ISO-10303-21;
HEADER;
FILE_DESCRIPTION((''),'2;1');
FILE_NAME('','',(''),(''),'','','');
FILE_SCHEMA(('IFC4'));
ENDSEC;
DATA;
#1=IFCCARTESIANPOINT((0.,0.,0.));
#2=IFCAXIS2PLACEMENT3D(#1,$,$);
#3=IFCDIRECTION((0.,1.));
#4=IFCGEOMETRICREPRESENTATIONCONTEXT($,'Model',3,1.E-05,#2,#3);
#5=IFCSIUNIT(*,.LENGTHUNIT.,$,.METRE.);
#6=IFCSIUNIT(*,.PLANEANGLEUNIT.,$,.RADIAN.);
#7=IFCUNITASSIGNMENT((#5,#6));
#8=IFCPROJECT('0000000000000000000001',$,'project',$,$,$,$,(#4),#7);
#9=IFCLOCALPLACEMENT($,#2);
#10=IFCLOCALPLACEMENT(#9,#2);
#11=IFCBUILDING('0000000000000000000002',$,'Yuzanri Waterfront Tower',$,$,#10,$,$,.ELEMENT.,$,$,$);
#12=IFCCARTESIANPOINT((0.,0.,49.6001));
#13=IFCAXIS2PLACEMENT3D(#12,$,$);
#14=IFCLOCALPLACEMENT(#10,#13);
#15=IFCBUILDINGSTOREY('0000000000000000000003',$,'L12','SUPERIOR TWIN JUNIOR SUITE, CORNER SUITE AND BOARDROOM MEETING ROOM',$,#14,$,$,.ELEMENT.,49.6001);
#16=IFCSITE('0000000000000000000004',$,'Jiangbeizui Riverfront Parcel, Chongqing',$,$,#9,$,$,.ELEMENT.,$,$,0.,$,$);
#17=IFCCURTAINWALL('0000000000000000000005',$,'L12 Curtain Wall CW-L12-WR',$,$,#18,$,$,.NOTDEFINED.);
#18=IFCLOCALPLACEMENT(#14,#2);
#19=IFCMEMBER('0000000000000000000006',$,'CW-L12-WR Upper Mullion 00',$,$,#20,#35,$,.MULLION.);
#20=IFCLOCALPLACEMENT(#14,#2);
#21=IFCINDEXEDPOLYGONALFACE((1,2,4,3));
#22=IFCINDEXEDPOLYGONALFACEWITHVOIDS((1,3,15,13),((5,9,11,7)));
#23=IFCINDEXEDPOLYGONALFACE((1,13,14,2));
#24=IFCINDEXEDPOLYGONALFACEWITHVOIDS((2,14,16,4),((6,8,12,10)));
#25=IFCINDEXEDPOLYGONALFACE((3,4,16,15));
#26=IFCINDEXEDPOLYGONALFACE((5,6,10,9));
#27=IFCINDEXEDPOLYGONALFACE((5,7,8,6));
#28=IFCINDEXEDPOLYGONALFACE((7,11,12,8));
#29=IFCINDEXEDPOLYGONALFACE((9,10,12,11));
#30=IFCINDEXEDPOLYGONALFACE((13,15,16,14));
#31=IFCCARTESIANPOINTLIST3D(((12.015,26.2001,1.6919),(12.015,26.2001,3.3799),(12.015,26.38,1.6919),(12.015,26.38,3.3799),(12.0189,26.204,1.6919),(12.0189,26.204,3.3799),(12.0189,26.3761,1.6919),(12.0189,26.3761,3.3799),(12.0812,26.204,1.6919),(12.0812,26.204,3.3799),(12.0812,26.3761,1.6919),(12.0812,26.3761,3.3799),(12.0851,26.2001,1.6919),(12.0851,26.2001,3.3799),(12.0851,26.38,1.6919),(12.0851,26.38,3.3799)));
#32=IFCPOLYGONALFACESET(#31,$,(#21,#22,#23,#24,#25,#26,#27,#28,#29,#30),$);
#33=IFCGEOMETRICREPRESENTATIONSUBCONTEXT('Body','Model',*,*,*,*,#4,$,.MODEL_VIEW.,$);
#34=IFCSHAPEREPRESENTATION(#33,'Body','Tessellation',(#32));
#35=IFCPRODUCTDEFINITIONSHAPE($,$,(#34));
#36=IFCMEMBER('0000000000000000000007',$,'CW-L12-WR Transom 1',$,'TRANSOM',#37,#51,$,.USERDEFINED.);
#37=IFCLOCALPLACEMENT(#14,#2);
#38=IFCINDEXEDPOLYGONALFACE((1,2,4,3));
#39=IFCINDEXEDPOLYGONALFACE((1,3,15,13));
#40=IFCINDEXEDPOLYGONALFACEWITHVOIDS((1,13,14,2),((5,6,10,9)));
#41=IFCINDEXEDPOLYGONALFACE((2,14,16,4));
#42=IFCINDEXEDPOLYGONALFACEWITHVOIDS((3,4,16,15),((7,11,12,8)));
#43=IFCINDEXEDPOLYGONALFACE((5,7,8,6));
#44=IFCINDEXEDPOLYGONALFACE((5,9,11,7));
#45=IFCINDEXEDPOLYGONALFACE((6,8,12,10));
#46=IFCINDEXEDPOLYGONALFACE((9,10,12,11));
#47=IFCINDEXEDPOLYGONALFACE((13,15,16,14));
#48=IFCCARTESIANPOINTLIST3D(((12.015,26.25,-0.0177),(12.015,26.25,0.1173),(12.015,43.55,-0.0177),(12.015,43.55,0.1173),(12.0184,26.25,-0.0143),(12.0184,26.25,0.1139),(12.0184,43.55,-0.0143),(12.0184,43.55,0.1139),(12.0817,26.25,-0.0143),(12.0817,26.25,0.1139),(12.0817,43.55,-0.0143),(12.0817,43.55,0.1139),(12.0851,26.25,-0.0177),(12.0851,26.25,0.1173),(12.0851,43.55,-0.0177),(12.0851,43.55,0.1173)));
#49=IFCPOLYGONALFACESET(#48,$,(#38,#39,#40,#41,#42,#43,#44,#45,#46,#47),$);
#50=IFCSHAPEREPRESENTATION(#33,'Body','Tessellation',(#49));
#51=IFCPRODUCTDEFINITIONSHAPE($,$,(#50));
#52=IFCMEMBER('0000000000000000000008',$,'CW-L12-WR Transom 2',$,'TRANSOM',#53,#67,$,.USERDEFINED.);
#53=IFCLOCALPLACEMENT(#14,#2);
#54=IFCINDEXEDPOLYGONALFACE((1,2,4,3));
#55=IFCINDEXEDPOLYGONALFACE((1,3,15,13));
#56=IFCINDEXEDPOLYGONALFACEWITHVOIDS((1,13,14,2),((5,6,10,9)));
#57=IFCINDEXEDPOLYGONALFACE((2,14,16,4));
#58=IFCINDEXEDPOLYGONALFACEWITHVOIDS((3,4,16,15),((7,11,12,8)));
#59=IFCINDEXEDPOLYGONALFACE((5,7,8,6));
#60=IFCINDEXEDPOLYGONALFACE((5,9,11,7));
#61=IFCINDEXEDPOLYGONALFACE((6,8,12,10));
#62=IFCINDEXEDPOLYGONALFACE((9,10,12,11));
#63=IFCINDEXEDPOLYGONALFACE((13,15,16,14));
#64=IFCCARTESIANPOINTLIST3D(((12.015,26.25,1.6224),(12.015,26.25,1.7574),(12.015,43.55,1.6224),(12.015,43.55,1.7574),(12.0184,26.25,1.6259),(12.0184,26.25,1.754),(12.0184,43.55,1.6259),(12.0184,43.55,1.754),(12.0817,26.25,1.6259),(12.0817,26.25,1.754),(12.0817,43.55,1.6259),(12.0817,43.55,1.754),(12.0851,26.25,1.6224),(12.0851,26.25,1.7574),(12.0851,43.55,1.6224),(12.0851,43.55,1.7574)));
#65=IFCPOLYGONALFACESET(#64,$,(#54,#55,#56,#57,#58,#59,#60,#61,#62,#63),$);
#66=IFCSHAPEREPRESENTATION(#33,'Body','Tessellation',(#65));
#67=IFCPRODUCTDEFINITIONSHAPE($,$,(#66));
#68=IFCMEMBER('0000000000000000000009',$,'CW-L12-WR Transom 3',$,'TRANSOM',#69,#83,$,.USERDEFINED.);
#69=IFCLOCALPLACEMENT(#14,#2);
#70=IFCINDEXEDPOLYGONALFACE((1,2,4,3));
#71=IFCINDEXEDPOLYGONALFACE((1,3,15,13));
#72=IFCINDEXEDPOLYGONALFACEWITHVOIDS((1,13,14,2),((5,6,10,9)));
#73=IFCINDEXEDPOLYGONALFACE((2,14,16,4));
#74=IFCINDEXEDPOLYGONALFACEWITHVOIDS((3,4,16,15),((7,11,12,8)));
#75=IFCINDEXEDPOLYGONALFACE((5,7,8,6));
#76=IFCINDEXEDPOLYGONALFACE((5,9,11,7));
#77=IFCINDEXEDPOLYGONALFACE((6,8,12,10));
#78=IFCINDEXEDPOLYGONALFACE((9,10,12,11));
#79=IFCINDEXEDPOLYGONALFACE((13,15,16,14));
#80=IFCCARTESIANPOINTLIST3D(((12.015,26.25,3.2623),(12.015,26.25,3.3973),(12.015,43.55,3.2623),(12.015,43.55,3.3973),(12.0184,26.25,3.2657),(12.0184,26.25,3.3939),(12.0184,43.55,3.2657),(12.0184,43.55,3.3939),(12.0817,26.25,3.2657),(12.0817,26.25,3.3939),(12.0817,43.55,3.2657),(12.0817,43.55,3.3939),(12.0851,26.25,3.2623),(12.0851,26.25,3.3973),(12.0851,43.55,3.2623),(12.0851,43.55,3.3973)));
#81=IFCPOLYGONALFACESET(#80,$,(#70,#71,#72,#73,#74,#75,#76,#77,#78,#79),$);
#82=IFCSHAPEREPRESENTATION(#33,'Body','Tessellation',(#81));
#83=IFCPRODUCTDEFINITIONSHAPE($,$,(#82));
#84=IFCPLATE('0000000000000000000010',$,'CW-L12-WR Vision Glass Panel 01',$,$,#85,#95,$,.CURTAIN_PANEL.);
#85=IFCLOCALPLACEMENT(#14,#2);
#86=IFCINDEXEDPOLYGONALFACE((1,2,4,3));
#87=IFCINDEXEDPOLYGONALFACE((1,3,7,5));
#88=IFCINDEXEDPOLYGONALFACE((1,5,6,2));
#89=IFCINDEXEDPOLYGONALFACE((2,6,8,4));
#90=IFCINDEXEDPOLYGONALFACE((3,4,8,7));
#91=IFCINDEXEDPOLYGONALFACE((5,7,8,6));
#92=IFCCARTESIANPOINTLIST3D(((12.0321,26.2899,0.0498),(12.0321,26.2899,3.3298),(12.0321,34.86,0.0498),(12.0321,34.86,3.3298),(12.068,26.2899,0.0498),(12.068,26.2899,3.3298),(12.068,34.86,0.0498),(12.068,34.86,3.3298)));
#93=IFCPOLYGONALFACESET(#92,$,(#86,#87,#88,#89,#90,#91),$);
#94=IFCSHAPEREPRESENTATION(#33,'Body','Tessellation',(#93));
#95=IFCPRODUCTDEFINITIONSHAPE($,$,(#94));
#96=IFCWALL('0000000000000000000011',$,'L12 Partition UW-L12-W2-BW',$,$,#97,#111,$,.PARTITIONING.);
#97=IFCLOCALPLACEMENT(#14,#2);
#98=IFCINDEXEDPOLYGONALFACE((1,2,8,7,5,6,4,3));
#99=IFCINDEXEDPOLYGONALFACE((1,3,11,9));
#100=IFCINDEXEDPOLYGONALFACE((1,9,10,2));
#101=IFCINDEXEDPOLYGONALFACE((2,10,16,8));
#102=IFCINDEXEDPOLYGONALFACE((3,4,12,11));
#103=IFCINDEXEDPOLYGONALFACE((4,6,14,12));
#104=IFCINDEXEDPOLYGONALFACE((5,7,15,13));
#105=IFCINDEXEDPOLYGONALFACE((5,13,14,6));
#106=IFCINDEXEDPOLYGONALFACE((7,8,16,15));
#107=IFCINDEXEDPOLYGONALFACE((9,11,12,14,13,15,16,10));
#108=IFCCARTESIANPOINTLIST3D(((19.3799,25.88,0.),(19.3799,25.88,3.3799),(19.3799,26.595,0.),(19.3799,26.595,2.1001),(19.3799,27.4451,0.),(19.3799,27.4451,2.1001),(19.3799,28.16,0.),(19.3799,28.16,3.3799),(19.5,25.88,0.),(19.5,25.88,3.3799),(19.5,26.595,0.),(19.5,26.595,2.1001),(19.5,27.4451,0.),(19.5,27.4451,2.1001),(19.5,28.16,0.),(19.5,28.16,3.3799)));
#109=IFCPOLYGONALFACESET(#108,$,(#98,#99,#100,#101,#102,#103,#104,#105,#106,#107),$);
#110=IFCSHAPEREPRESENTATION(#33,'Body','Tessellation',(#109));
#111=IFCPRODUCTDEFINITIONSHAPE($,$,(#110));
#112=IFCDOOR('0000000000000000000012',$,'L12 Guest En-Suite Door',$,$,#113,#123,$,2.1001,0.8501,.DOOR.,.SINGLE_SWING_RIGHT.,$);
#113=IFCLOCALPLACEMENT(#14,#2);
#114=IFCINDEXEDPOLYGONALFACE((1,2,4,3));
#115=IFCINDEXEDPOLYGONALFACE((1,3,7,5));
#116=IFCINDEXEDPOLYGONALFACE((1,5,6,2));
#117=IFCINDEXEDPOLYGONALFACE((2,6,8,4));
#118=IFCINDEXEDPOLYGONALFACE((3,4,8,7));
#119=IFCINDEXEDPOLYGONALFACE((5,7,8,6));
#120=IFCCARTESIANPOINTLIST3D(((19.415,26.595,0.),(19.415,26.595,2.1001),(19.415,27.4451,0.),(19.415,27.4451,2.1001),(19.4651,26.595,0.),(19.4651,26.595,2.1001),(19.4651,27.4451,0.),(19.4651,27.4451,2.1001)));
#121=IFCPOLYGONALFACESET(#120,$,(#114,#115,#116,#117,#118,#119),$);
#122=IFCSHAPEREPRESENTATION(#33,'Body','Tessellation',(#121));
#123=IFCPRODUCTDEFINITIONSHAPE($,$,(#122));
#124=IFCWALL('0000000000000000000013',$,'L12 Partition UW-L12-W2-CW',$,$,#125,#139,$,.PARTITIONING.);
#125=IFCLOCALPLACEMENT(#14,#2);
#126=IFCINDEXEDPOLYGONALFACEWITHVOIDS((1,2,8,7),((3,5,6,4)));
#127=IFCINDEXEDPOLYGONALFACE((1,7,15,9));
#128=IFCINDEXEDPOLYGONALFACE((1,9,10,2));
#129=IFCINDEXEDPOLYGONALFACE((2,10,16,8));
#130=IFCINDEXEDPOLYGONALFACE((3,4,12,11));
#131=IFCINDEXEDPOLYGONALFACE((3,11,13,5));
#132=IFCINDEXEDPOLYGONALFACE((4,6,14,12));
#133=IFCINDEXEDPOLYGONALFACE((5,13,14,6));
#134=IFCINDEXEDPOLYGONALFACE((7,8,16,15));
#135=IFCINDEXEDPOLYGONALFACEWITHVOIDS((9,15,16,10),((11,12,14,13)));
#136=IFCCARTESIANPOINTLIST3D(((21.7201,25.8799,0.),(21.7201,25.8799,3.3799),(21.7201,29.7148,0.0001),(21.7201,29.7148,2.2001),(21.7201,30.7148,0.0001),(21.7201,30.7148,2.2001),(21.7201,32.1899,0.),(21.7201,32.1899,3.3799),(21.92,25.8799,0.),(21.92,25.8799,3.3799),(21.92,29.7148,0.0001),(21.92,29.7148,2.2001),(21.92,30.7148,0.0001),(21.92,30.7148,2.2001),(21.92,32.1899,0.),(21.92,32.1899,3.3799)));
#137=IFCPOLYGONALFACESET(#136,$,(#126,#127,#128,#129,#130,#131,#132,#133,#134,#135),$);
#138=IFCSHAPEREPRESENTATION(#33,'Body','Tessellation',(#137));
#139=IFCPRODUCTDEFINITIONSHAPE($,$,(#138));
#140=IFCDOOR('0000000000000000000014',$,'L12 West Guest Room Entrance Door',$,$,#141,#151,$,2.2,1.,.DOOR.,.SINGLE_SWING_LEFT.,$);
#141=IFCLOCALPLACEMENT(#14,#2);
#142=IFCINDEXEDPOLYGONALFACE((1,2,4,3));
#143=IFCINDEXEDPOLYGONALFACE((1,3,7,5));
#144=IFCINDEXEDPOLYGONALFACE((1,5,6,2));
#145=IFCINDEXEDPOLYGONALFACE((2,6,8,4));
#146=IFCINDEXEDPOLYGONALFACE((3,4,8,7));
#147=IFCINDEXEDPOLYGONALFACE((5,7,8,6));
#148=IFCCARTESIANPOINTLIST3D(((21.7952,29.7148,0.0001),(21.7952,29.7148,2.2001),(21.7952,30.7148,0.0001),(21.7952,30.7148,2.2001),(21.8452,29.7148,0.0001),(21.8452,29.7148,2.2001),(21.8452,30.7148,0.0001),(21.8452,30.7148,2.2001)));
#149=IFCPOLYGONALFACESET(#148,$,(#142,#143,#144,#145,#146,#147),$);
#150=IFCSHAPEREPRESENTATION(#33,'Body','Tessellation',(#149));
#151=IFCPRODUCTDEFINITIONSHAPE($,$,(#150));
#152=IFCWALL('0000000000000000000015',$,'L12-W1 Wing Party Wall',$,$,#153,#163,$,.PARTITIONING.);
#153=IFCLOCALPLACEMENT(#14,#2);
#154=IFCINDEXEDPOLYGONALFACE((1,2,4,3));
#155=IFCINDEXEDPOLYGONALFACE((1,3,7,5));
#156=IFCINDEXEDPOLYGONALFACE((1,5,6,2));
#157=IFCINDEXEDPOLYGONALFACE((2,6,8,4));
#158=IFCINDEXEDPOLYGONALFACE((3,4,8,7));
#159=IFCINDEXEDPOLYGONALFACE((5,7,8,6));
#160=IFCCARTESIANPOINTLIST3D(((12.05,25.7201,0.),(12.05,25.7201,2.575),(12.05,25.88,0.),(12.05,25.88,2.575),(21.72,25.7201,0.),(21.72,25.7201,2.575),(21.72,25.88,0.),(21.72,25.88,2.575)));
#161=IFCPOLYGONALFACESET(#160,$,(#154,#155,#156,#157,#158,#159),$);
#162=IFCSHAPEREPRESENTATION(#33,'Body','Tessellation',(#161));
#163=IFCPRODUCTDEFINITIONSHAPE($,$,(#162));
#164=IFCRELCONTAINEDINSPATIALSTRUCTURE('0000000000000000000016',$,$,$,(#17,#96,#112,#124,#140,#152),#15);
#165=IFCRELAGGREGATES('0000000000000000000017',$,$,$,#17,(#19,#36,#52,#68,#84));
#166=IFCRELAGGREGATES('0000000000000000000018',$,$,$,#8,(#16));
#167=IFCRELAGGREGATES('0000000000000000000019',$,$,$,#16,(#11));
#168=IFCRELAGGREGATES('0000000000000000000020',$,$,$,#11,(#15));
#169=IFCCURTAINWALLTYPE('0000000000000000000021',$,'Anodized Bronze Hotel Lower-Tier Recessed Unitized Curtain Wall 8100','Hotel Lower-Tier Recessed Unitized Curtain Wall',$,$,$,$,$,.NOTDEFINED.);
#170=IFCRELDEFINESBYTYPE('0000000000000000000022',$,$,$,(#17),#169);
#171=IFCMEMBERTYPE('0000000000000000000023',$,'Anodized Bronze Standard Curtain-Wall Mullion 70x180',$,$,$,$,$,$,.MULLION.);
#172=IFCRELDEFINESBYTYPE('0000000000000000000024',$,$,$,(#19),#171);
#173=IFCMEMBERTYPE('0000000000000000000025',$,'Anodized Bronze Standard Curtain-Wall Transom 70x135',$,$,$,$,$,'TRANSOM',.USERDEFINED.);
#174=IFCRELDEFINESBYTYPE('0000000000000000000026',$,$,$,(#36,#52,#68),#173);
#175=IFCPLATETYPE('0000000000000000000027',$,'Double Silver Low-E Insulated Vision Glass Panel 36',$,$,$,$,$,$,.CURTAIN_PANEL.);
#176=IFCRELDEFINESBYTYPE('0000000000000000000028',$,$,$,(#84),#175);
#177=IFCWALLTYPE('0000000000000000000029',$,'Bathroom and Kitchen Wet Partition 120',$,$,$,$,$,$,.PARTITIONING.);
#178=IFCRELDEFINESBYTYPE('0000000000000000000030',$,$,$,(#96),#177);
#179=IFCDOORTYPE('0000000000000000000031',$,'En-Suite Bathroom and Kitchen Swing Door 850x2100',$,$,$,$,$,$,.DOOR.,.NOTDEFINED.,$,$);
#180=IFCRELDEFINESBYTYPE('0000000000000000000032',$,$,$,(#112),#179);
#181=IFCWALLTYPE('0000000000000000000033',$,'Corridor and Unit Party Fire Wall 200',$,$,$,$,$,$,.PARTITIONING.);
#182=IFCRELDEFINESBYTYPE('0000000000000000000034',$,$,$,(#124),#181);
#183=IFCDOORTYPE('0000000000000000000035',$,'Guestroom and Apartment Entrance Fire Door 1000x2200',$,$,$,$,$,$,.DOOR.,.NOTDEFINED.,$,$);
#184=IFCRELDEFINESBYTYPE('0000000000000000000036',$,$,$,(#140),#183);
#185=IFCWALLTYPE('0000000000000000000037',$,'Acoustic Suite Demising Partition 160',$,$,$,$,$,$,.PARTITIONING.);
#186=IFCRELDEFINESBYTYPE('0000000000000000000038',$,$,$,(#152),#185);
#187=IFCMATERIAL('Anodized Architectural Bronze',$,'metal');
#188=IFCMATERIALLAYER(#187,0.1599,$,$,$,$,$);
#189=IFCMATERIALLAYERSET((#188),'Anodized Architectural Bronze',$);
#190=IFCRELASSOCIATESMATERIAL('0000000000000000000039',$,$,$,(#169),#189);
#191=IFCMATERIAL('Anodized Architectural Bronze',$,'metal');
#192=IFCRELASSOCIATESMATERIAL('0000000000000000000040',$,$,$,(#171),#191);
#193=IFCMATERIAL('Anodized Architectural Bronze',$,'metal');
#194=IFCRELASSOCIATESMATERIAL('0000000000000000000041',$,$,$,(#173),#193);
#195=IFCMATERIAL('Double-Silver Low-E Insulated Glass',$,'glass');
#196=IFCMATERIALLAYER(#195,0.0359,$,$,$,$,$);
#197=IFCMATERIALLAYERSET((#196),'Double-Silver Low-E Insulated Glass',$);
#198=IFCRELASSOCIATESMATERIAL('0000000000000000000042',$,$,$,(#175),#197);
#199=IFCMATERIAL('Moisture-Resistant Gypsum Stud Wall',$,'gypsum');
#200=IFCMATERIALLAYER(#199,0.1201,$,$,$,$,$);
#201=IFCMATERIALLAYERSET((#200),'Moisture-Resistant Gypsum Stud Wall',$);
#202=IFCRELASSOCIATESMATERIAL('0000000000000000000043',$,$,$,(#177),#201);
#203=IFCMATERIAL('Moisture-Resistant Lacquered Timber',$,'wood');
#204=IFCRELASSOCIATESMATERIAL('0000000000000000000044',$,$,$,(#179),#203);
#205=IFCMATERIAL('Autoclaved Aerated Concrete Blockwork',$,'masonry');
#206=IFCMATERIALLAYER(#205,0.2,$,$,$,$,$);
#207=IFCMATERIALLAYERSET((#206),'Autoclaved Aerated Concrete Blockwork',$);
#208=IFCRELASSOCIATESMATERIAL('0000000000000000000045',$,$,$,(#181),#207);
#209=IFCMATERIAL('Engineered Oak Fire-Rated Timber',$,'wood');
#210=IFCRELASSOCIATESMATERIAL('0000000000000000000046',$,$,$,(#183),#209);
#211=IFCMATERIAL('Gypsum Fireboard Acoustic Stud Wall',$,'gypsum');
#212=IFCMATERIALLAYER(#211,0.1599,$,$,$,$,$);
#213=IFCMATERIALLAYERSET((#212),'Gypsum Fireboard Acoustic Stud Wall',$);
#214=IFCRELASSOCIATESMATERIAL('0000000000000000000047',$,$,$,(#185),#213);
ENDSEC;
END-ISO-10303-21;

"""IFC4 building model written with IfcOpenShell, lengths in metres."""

from ifc_helpers import new_model, si_unit, direction, frame, frame_2d, origin, origin_2d, place, context, subcontext, project, spatial, rectangle, hollow_rectangle, extrude, source, transform, mapped, material, layer, layer_set, material_profile, profile_set, type_object, element, fill, aggregate, save


model = new_model("IFC4")

# Units and contexts
model_context = context("Model", 3, precision=1e-05, world=origin(), true_north=direction((0.0, 1.0)))
body_context = subcontext(model_context, "Body", "Model", "MODEL_VIEW")
ifc_project = project(units=[si_unit("LENGTHUNIT", "METRE"), si_unit("PLANEANGLEUNIT", "RADIAN")], contexts=[model_context])

# Site, building, storey
site_placement = place(None, origin())
site = spatial("IfcSite", under=ifc_project, at=site_placement, Name="Jiangbeizui Riverfront Parcel, Chongqing", CompositionType="ELEMENT", RefElevation=0.0)
building_placement = place(site_placement, origin())
building = spatial("IfcBuilding", under=site, at=building_placement, Name="Yuzanri Waterfront Tower", CompositionType="ELEMENT")
storey_placement = place(building_placement, frame((0.0, 0.0, 49.6001)))
storey = spatial("IfcBuildingStorey", under=building, at=storey_placement, Name="L12", Description="SUPERIOR TWIN JUNIOR SUITE, CORNER SUITE AND BOARDROOM MEETING ROOM", CompositionType="ELEMENT", Elevation=49.6001)

# Shared definitions
ifc_material_1 = material(Name="Anodized Architectural Bronze", Category="metal")
ifc_layer_1 = layer(ifc_material_1, 0.1599)
ifc_layer_set_1 = layer_set([ifc_layer_1], Name="Anodized Architectural Bronze")
curtain_wall_type = type_object("IfcCurtainWallType", Name="Anodized Bronze Hotel Lower-Tier Recessed Unitized Curtain Wall 8100", Description="Hotel Lower-Tier Recessed Unitized Curtain Wall", PredefinedType="NOTDEFINED", material=ifc_layer_set_1)
ifc_material_2 = material(Name="Anodized Architectural Bronze", Category="metal")
ifc_material_profile_1 = material_profile(ifc_material_2, hollow_rectangle(XDim=0.0701, YDim=0.1799, WallThickness=0.0039, at=origin_2d()), Name="CWM 70x180")
ifc_profile_set_1 = profile_set([ifc_material_profile_1], Name="Anodized Architectural Bronze")
member_type_1 = type_object("IfcMemberType", Name="Anodized Bronze Standard Curtain-Wall Mullion 70x180", PredefinedType="MULLION", material=ifc_profile_set_1)
shared_shape_1 = source(origin(), body_context, "Body", "SweptSolid", [
    extrude(hollow_rectangle(XDim=0.0701, YDim=0.1799, WallThickness=0.0039, at=origin_2d()), origin(), (0.0, 0.0, 1.0), 1.688),
])

# Curtain wall, members, plate
curtain_wall_1_placement = place(storey_placement, origin())
curtain_wall_1 = element("IfcCurtainWall", 1, at=curtain_wall_1_placement, inside=storey, type_object=curtain_wall_type, Name="L12 Curtain Wall CW-L12-WR", PredefinedType="NOTDEFINED")
member_1_placement = place(storey_placement, frame((12.05, 26.29, 1.6919), z_axis=(0.0, 0.0, 1.0), x_axis=(1.0, 0.0, 0.0)))
member_1 = element("IfcMember", 2, at=member_1_placement, type_object=member_type_1, Name="CW-L12-WR Upper Mullion 00", PredefinedType="MULLION", context=body_context, shape_type="MappedRepresentation", body=[
    mapped(shared_shape_1, transform((0.0, 0.0, 0.0), scale=1.0)),
])
ifc_material_3 = material(Name="Anodized Architectural Bronze", Category="metal")
ifc_material_profile_2 = material_profile(ifc_material_3, hollow_rectangle(XDim=0.0701, YDim=0.135, WallThickness=0.0034, at=origin_2d()), Name="CWT 70x135")
ifc_profile_set_2 = profile_set([ifc_material_profile_2], Name="Anodized Architectural Bronze")
member_type_2 = type_object("IfcMemberType", Name="Anodized Bronze Standard Curtain-Wall Transom 70x135", ElementType="TRANSOM", PredefinedType="USERDEFINED", material=ifc_profile_set_2)
shared_shape_2 = source(origin(), body_context, "Body", "SweptSolid", [
    extrude(hollow_rectangle(XDim=0.0701, YDim=0.135, WallThickness=0.0034, at=origin_2d()), origin(), (0.0, 0.0, 1.0), 17.3),
])
member_2_placement = place(storey_placement, frame((12.05, 26.25, 0.0498), z_axis=(0.0, 1.0, 0.0), x_axis=(-1.0, 0.0, 0.0)))
member_2 = element("IfcMember", 3, at=member_2_placement, type_object=member_type_2, Name="CW-L12-WR Transom 1", ObjectType="TRANSOM", PredefinedType="USERDEFINED", context=body_context, shape_type="MappedRepresentation", body=[
    mapped(shared_shape_2, transform((0.0, 0.0, 0.0), scale=1.0)),
])
member_3_placement = place(storey_placement, frame((12.05, 26.25, 1.6899), z_axis=(0.0, 1.0, 0.0), x_axis=(-1.0, 0.0, 0.0)))
member_3 = element("IfcMember", 4, at=member_3_placement, type_object=member_type_2, Name="CW-L12-WR Transom 2", ObjectType="TRANSOM", PredefinedType="USERDEFINED", context=body_context, shape_type="MappedRepresentation", body=[
    mapped(shared_shape_2, transform((0.0, 0.0, 0.0), scale=1.0)),
])
member_4_placement = place(storey_placement, frame((12.05, 26.25, 3.3298), z_axis=(0.0, 1.0, 0.0), x_axis=(-1.0, 0.0, 0.0)))
member_4 = element("IfcMember", 5, at=member_4_placement, type_object=member_type_2, Name="CW-L12-WR Transom 3", ObjectType="TRANSOM", PredefinedType="USERDEFINED", context=body_context, shape_type="MappedRepresentation", body=[
    mapped(shared_shape_2, transform((0.0, 0.0, 0.0), scale=1.0)),
])
ifc_material_4 = material(Name="Double-Silver Low-E Insulated Glass", Category="glass")
ifc_layer_2 = layer(ifc_material_4, 0.0359)
ifc_layer_set_2 = layer_set([ifc_layer_2], Name="Double-Silver Low-E Insulated Glass")
plate_type = type_object("IfcPlateType", Name="Double Silver Low-E Insulated Vision Glass Panel 36", PredefinedType="CURTAIN_PANEL", material=ifc_layer_set_2)
shared_shape_3 = source(origin(), body_context, "Body", "SweptSolid", [
    extrude(rectangle(XDim=8.5701, YDim=0.0359, at=origin_2d()), origin(), (0.0, 0.0, 1.0), 3.28),
])
plate_placement = place(storey_placement, frame((12.05, 30.575, 0.0498), z_axis=(0.0, 0.0, 1.0), x_axis=(0.0, 1.0, 0.0)))
plate = element("IfcPlate", 6, at=plate_placement, type_object=plate_type, Name="CW-L12-WR Vision Glass Panel 01", PredefinedType="CURTAIN_PANEL", context=body_context, shape_type="MappedRepresentation", body=[
    mapped(shared_shape_3, transform((0.0, 0.0, 0.0), scale=1.0)),
])
aggregate(curtain_wall_1, [member_1, member_2, member_3, member_4, plate])

# Wall, opening, door
ifc_material_5 = material(Name="Moisture-Resistant Gypsum Stud Wall", Category="gypsum")
ifc_layer_3 = layer(ifc_material_5, 0.1201)
ifc_layer_set_3 = layer_set([ifc_layer_3], Name="Moisture-Resistant Gypsum Stud Wall")
wall_type_1 = type_object("IfcWallType", Name="Bathroom and Kitchen Wet Partition 120", PredefinedType="PARTITIONING", material=ifc_layer_set_3)
wall_1_placement = place(storey_placement, frame((19.4399, 25.8799, 0.0), z_axis=(0.0, 0.0, 1.0), x_axis=(0.0, 1.0, 0.0)))
wall_1 = element("IfcWall", 7, at=wall_1_placement, inside=storey, type_object=wall_type_1, Name="L12 Partition UW-L12-W2-BW", PredefinedType="PARTITIONING", context=body_context, shape_type="SweptSolid", body=[
    extrude(rectangle(XDim=2.28, YDim=0.1201, at=frame_2d((1.1401, 0.0))), origin(), (0.0, 0.0, 1.0), 3.3799),
])
opening_1_placement = place(wall_1_placement, frame((0.7151, 0.0, 0.0)))
opening_1 = element("IfcOpeningElement", 8, at=opening_1_placement, cuts=wall_1, PredefinedType="OPENING", context=body_context, shape_type="SweptSolid", body=[
    extrude(rectangle(XDim=0.8501, YDim=2.1001, at=frame_2d((0.425, 1.05))), frame((0.0, 0.075, 0.0), z_axis=(0.0, -1.0, 0.0), x_axis=(1.0, 0.0, 0.0)), (0.0, 0.0, 1.0), 0.1499),
])
ifc_material_6 = material(Name="Moisture-Resistant Lacquered Timber", Category="wood")
door_type_1 = type_object("IfcDoorType", Name="En-Suite Bathroom and Kitchen Swing Door 850x2100", OperationType="NOTDEFINED", PredefinedType="DOOR", material=ifc_material_6)
shared_shape_4 = source(origin(), body_context, "Body", "SweptSolid", [
    extrude(rectangle(XDim=0.8501, YDim=2.1001, at=frame_2d((0.425, 1.05))), frame((0.0, 0.0249, 0.0), z_axis=(0.0, -1.0, 0.0), x_axis=(1.0, 0.0, 0.0)), (0.0, 0.0, 1.0), 0.05),
])
door_1_placement = place(opening_1_placement, origin())
door_1 = element("IfcDoor", 9, at=door_1_placement, inside=storey, type_object=door_type_1, Name="L12 Guest En-Suite Door", OperationType="SINGLE_SWING_RIGHT", OverallHeight=2.1001, OverallWidth=0.8501, PredefinedType="DOOR", context=body_context, shape_type="MappedRepresentation", body=[
    mapped(shared_shape_4, transform((0.0, 0.0, 0.0), scale=1.0)),
])
fill(opening_1, door_1)

# Wall, opening, door
ifc_material_7 = material(Name="Autoclaved Aerated Concrete Blockwork", Category="masonry")
ifc_layer_4 = layer(ifc_material_7, 0.2)
ifc_layer_set_4 = layer_set([ifc_layer_4], Name="Autoclaved Aerated Concrete Blockwork")
wall_type_2 = type_object("IfcWallType", Name="Corridor and Unit Party Fire Wall 200", PredefinedType="PARTITIONING", material=ifc_layer_set_4)
wall_2_placement = place(storey_placement, frame((21.8201, 25.8799, 0.0), z_axis=(0.0, 0.0, 1.0), x_axis=(0.0, 1.0, 0.0)))
wall_2 = element("IfcWall", 10, at=wall_2_placement, inside=storey, type_object=wall_type_2, Name="L12 Partition UW-L12-W2-CW", PredefinedType="PARTITIONING", context=body_context, shape_type="SweptSolid", body=[
    extrude(rectangle(XDim=6.3101, YDim=0.2, at=frame_2d((3.155, 0.0))), origin(), (0.0, 0.0, 1.0), 3.3799),
])
opening_2_placement = place(wall_2_placement, frame((3.835, 0.0, 0.0)))
opening_2 = element("IfcOpeningElement", 11, at=opening_2_placement, cuts=wall_2, PredefinedType="OPENING", context=body_context, shape_type="SweptSolid", body=[
    extrude(rectangle(XDim=1.0, YDim=2.2, at=frame_2d((0.5, 1.1001))), frame((0.0, 0.1147, 0.0), z_axis=(0.0, -1.0, 0.0), x_axis=(1.0, 0.0, 0.0)), (0.0, 0.0, 1.0), 0.2297),
])
ifc_material_8 = material(Name="Engineered Oak Fire-Rated Timber", Category="wood")
door_type_2 = type_object("IfcDoorType", Name="Guestroom and Apartment Entrance Fire Door 1000x2200", OperationType="NOTDEFINED", PredefinedType="DOOR", material=ifc_material_8)
shared_shape_5 = source(origin(), body_context, "Body", "SweptSolid", [
    extrude(rectangle(XDim=1.0, YDim=2.2, at=frame_2d((0.5, 1.1001))), frame((0.0, 0.0249, 0.0), z_axis=(0.0, -1.0, 0.0), x_axis=(1.0, 0.0, 0.0)), (0.0, 0.0, 1.0), 0.05),
])
door_2_placement = place(opening_2_placement, origin())
door_2 = element("IfcDoor", 12, at=door_2_placement, inside=storey, type_object=door_type_2, Name="L12 West Guest Room Entrance Door", OperationType="SINGLE_SWING_LEFT", OverallHeight=2.2, OverallWidth=1.0, PredefinedType="DOOR", context=body_context, shape_type="MappedRepresentation", body=[
    mapped(shared_shape_5, transform((0.0, 0.0, 0.0), scale=1.0)),
])
fill(opening_2, door_2)

# Wall
ifc_material_9 = material(Name="Gypsum Fireboard Acoustic Stud Wall", Category="gypsum")
ifc_layer_5 = layer(ifc_material_9, 0.1599)
ifc_layer_set_5 = layer_set([ifc_layer_5], Name="Gypsum Fireboard Acoustic Stud Wall")
wall_type_3 = type_object("IfcWallType", Name="Acoustic Suite Demising Partition 160", PredefinedType="PARTITIONING", material=ifc_layer_set_5)
shared_shape_6 = source(origin(), body_context, "Body", "SweptSolid", [
    extrude(rectangle(XDim=9.6699, YDim=0.1599, at=frame_2d((4.835, 0.0))), origin(), (0.0, 0.0, 1.0), 2.575),
])
wall_3_placement = place(storey_placement, frame((12.05, 25.8, 0.0), z_axis=(0.0, 0.0, 1.0), x_axis=(1.0, 0.0, 0.0)))
element("IfcWall", 13, at=wall_3_placement, inside=storey, type_object=wall_type_3, Name="L12-W1 Wing Party Wall", PredefinedType="PARTITIONING", context=body_context, shape_type="MappedRepresentation", body=[
    mapped(shared_shape_6, transform((0.0, 0.0, 0.0), scale=1.0)),
])

save(model, "model.ifc")
